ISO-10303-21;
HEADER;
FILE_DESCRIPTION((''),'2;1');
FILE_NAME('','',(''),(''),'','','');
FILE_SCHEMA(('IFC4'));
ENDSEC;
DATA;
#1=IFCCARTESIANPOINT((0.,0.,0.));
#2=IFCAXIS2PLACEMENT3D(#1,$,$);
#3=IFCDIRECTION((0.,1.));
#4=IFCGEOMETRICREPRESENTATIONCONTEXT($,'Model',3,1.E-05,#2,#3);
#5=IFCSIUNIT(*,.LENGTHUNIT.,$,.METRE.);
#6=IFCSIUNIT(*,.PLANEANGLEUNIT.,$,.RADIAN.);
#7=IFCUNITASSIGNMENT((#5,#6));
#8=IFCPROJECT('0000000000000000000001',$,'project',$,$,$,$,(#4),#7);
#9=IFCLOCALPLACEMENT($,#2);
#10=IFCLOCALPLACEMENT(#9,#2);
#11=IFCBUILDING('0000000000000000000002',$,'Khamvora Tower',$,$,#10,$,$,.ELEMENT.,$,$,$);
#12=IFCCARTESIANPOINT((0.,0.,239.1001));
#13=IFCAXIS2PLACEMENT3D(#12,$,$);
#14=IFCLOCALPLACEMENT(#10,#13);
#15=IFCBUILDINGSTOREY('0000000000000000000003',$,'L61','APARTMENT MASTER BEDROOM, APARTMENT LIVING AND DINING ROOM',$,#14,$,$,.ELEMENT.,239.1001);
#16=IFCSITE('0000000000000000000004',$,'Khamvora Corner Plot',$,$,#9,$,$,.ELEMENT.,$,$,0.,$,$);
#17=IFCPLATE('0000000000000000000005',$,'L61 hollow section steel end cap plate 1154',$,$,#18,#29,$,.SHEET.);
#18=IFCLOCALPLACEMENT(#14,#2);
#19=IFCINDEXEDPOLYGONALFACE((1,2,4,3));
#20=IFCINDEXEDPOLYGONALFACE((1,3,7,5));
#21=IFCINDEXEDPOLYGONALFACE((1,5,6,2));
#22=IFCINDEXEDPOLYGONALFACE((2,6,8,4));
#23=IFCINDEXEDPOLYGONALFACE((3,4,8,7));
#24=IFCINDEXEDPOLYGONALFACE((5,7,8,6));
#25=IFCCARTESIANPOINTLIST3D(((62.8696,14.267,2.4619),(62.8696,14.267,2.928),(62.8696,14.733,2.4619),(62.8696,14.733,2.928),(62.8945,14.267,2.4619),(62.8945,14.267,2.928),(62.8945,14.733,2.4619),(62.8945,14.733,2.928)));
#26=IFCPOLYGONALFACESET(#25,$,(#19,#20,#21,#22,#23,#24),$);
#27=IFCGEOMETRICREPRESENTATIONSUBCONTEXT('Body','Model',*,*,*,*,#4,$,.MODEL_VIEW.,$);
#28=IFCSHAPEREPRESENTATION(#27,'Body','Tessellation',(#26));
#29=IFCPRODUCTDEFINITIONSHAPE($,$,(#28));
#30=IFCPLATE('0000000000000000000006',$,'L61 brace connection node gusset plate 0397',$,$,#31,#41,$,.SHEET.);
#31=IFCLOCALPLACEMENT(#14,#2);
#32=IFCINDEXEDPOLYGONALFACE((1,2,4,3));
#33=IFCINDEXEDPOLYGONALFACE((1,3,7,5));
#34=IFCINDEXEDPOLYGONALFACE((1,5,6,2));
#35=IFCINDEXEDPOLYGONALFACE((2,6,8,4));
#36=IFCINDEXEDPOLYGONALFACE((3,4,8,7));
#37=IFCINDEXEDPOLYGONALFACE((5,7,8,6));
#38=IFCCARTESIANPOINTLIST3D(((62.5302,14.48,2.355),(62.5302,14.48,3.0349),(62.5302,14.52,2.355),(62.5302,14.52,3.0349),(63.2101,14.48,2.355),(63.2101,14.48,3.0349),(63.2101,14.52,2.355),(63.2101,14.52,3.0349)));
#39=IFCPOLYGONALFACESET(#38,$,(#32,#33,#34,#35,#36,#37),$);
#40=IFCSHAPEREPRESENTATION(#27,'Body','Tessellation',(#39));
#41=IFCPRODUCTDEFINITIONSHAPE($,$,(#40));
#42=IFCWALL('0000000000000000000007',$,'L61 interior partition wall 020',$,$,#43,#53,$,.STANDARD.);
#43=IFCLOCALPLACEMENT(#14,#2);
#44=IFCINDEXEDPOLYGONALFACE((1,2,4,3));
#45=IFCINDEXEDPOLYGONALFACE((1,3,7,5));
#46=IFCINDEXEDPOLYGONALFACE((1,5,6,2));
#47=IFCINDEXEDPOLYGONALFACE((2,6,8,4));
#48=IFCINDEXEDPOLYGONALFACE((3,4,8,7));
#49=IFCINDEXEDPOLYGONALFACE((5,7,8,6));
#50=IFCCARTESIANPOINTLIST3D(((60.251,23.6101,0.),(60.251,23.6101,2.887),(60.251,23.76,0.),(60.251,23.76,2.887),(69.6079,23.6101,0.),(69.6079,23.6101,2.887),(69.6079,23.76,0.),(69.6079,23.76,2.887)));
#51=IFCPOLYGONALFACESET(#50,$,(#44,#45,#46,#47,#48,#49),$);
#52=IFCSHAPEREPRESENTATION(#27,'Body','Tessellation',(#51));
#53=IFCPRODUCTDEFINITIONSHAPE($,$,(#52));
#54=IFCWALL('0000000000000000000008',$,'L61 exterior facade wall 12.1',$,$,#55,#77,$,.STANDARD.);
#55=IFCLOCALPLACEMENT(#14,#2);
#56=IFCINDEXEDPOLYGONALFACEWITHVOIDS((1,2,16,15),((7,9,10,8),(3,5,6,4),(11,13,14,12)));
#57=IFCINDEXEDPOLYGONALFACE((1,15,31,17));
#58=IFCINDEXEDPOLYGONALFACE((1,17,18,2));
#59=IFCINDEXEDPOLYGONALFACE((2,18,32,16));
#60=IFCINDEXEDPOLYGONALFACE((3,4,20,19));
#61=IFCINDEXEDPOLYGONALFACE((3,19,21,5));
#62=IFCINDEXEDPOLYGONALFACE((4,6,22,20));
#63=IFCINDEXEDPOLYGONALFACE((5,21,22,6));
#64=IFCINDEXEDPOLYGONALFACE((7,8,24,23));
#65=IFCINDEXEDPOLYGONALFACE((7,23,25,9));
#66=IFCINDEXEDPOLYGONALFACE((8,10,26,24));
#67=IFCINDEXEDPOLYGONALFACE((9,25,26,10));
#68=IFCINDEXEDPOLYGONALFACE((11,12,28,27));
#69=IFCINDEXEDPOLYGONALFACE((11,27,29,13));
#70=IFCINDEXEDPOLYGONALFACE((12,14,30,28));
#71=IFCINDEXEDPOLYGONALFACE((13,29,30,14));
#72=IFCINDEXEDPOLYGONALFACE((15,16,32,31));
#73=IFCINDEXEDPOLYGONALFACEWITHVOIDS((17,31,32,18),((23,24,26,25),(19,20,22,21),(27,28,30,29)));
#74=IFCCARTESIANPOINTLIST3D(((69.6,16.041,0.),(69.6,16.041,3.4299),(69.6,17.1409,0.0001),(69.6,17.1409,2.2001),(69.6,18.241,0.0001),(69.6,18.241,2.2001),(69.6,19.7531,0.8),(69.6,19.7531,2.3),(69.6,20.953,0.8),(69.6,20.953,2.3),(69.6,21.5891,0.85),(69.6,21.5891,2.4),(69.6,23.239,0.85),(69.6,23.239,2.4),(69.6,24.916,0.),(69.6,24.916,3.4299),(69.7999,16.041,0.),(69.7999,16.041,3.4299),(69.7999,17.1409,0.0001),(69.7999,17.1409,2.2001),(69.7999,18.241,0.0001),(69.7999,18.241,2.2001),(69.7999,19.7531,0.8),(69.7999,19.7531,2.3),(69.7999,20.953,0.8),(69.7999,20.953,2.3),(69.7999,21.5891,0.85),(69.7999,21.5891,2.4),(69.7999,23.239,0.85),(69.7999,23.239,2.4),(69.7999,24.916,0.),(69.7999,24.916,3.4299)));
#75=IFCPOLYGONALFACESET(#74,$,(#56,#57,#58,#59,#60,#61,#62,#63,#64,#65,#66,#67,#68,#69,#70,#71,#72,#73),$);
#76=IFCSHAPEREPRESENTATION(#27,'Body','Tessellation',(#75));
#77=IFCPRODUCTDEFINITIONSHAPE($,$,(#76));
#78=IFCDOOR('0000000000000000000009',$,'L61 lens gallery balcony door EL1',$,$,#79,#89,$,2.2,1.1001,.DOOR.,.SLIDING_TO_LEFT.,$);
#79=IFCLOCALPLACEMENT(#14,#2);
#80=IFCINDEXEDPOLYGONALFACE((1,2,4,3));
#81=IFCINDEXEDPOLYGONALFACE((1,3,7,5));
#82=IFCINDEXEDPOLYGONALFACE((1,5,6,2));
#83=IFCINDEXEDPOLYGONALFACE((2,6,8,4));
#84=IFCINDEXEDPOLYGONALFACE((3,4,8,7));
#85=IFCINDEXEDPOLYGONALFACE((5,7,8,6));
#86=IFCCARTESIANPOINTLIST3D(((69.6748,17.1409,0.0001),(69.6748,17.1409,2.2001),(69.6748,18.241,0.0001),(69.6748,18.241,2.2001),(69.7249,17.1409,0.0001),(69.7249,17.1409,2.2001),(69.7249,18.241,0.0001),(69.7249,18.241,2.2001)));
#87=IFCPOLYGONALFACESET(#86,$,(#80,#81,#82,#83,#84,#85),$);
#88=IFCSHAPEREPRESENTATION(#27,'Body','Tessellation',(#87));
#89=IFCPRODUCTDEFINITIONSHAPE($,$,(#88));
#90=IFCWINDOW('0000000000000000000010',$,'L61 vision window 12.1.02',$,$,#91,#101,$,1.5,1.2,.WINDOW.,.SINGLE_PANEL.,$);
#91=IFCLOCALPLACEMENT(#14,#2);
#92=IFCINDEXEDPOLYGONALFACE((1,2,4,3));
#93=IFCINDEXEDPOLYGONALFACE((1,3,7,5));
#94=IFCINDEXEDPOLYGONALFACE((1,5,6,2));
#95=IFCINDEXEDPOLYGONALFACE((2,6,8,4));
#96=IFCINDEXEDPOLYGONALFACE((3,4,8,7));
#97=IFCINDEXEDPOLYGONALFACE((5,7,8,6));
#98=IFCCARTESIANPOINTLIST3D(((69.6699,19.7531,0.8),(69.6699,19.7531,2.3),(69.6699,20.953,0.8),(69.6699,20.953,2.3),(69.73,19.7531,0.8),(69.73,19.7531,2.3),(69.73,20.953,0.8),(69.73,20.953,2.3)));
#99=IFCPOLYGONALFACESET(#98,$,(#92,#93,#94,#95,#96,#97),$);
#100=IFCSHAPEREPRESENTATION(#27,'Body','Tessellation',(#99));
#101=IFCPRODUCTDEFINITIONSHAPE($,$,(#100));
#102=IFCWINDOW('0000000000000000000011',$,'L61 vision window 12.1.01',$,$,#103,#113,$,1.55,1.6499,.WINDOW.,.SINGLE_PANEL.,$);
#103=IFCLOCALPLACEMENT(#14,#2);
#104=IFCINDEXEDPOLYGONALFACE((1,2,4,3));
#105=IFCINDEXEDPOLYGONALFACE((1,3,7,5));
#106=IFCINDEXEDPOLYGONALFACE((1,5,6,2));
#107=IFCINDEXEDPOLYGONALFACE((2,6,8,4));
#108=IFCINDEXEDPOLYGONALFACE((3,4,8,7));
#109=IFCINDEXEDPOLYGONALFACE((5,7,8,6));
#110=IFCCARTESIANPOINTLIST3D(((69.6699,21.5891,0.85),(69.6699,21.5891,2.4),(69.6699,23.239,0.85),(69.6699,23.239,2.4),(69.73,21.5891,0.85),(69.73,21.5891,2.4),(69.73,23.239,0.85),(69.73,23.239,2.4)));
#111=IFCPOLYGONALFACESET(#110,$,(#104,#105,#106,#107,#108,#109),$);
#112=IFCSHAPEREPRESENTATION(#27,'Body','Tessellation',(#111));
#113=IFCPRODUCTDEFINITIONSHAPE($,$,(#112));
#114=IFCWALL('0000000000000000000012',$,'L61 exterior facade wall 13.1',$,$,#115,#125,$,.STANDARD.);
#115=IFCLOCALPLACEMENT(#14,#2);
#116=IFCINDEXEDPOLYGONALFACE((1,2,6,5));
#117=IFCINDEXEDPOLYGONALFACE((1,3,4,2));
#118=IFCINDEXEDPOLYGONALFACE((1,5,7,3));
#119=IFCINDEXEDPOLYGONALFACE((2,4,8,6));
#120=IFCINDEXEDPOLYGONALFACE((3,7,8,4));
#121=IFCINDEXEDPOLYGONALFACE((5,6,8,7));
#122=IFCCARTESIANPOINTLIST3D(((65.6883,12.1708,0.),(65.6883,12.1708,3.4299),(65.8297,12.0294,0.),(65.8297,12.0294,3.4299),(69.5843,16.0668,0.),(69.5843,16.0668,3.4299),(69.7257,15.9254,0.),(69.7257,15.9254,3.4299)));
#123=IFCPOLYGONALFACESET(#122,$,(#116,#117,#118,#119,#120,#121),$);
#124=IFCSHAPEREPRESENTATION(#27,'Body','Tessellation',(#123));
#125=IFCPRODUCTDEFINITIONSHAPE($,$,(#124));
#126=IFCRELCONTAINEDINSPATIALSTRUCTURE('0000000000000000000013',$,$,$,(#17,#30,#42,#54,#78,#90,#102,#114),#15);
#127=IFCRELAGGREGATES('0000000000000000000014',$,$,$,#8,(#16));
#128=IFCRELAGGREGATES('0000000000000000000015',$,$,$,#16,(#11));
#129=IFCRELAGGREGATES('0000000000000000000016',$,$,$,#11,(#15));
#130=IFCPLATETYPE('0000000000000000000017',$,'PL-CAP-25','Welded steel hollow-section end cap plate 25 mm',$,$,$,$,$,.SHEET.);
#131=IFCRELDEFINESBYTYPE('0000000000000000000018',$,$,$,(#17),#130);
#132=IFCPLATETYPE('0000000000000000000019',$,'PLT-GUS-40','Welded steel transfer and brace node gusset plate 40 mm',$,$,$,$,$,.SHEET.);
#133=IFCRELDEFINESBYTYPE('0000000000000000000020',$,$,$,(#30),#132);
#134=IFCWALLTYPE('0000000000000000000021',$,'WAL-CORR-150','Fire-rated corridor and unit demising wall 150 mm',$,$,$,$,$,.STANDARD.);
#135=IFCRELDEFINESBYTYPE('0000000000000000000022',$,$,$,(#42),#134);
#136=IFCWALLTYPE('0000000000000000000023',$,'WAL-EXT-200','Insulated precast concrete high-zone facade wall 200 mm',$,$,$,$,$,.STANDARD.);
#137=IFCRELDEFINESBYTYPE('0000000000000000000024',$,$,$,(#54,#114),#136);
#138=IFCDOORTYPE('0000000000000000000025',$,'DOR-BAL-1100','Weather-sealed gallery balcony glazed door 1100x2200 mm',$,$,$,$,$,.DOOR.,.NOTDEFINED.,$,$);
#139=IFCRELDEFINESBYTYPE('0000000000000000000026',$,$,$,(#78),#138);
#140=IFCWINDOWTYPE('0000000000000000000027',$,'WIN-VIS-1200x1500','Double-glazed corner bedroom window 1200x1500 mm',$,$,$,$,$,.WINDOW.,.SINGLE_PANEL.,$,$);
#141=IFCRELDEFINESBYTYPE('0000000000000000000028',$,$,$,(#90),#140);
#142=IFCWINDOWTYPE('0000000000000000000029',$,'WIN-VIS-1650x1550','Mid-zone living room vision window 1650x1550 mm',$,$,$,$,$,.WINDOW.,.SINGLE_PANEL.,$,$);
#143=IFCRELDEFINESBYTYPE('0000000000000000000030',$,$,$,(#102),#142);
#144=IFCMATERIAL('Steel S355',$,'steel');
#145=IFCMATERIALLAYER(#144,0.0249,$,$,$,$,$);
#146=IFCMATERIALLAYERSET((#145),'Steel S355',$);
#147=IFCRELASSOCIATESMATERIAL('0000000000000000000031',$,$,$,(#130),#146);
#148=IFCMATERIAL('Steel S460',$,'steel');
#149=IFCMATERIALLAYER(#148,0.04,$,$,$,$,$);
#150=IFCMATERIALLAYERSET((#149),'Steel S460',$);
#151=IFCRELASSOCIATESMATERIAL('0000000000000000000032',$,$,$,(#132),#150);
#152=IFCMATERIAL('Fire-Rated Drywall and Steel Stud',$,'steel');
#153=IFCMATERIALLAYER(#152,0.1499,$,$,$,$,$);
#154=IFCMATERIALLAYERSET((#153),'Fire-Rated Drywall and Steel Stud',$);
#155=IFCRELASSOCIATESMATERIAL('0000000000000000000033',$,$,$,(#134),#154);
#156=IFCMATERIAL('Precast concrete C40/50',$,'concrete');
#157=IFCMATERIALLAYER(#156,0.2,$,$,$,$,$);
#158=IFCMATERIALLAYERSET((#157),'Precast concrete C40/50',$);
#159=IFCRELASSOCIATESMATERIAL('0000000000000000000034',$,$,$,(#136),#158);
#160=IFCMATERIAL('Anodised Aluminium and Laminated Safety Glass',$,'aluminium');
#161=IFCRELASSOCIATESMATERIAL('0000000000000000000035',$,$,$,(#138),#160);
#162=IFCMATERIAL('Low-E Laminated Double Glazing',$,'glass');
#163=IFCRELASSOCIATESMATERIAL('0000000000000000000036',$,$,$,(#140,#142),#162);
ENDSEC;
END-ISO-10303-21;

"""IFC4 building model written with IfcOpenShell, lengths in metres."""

from ifc_helpers import new_model, si_unit, direction, frame, frame_2d, origin, origin_2d, place, context, subcontext, project, spatial, rectangle, extrude, material, layer, layer_set, type_object, element, fill, save


model = new_model("IFC4")

# Units and contexts
model_context = context("Model", 3, precision=1e-05, world=origin(), true_north=direction((0.0, 1.0)))
body_context = subcontext(model_context, "Body", "Model", "MODEL_VIEW")
ifc_project = project(units=[si_unit("LENGTHUNIT", "METRE"), si_unit("PLANEANGLEUNIT", "RADIAN")], contexts=[model_context])

# Site, building, storey
site_placement = place(None, origin())
site = spatial("IfcSite", under=ifc_project, at=site_placement, Name="Khamvora Corner Plot", CompositionType="ELEMENT", RefElevation=0.0)
building_placement = place(site_placement, origin())
building = spatial("IfcBuilding", under=site, at=building_placement, Name="Khamvora Tower", CompositionType="ELEMENT")
storey_placement = place(building_placement, frame((0.0, 0.0, 239.1001)))
storey = spatial("IfcBuildingStorey", under=building, at=storey_placement, Name="L61", Description="APARTMENT MASTER BEDROOM, APARTMENT LIVING AND DINING ROOM", CompositionType="ELEMENT", Elevation=239.1001)

# Shared definitions
ifc_material_1 = material(Name="Steel S355", Category="steel")

# Plates
ifc_layer_1 = layer(ifc_material_1, 0.0249)
ifc_layer_set_1 = layer_set([ifc_layer_1], Name="Steel S355")
plate_type_1 = type_object("IfcPlateType", Name="PL-CAP-25", Description="Welded steel hollow-section end cap plate 25 mm", PredefinedType="SHEET", material=ifc_layer_set_1)
plate_1_placement = place(storey_placement, frame((62.8821, 14.5, 2.4619), z_axis=(0.0, 0.0, 1.0), x_axis=(-1.0, 0.0, 0.0)))
element("IfcPlate", 1, at=plate_1_placement, inside=storey, type_object=plate_type_1, Name="L61 hollow section steel end cap plate 1154", PredefinedType="SHEET", context=body_context, shape_type="SweptSolid", body=[
    extrude(rectangle(XDim=0.0249, YDim=0.4661, at=origin_2d()), origin(), (0.0, 0.0, 1.0), 0.4661),
])
ifc_material_2 = material(Name="Steel S460", Category="steel")
ifc_layer_2 = layer(ifc_material_2, 0.04)
ifc_layer_set_2 = layer_set([ifc_layer_2], Name="Steel S460")
plate_type_2 = type_object("IfcPlateType", Name="PLT-GUS-40", Description="Welded steel transfer and brace node gusset plate 40 mm", PredefinedType="SHEET", material=ifc_layer_set_2)
plate_2_placement = place(storey_placement, frame((62.8701, 14.5, 2.355), z_axis=(0.0, 0.0, 1.0), x_axis=(1.0, 0.0, 0.0)))
element("IfcPlate", 2, at=plate_2_placement, inside=storey, type_object=plate_type_2, Name="L61 brace connection node gusset plate 0397", PredefinedType="SHEET", context=body_context, shape_type="SweptSolid", body=[
    extrude(rectangle(XDim=0.6799, YDim=0.04, at=origin_2d()), origin(), (0.0, 0.0, 1.0), 0.6799),
])

# Wall
ifc_material_3 = material(Name="Fire-Rated Drywall and Steel Stud", Category="steel")
ifc_layer_3 = layer(ifc_material_3, 0.1499)
ifc_layer_set_3 = layer_set([ifc_layer_3], Name="Fire-Rated Drywall and Steel Stud")
wall_type_1 = type_object("IfcWallType", Name="WAL-CORR-150", Description="Fire-rated corridor and unit demising wall 150 mm", PredefinedType="STANDARD", material=ifc_layer_set_3)
wall_1_placement = place(storey_placement, frame((69.6079, 23.6851, 0.0), z_axis=(0.0, 0.0, 1.0), x_axis=(-1.0, 0.0, 0.0)))
element("IfcWall", 3, at=wall_1_placement, inside=storey, type_object=wall_type_1, Name="L61 interior partition wall 020", PredefinedType="STANDARD", context=body_context, shape_type="SweptSolid", body=[
    extrude(rectangle(XDim=9.3569, YDim=0.1499, at=frame_2d((4.6785, 0.0))), origin(), (0.0, 0.0, 1.0), 2.887),
])

# Wall, openings, door, windows
ifc_material_4 = material(Name="Precast concrete C40/50", Category="concrete")
ifc_layer_4 = layer(ifc_material_4, 0.2)
ifc_layer_set_4 = layer_set([ifc_layer_4], Name="Precast concrete C40/50")
wall_type_2 = type_object("IfcWallType", Name="WAL-EXT-200", Description="Insulated precast concrete high-zone facade wall 200 mm", PredefinedType="STANDARD", material=ifc_layer_set_4)
wall_2_placement = place(storey_placement, frame((69.7, 24.916, 0.0), z_axis=(0.0, 0.0, 1.0), x_axis=(0.0, -1.0, 0.0)))
wall_2 = element("IfcWall", 4, at=wall_2_placement, inside=storey, type_object=wall_type_2, Name="L61 exterior facade wall 12.1", PredefinedType="STANDARD", context=body_context, shape_type="SweptSolid", body=[
    extrude(rectangle(XDim=8.875, YDim=0.2, at=frame_2d((4.4375, 0.0))), origin(), (0.0, 0.0, 1.0), 3.4299),
])
opening_1_placement = place(wall_2_placement, frame((6.675, 0.0, 0.0)))
opening_1 = element("IfcOpeningElement", 5, at=opening_1_placement, cuts=wall_2, PredefinedType="OPENING", context=body_context, shape_type="SweptSolid", body=[
    extrude(rectangle(XDim=1.1001, YDim=2.2, at=frame_2d((0.55, 1.1001))), frame((0.0, 0.1099, 0.0), z_axis=(0.0, -1.0, 0.0), x_axis=(1.0, 0.0, 0.0)), (0.0, 0.0, 1.0), 0.22),
])
opening_2_placement = place(wall_2_placement, frame((1.677, 0.0, 0.8501)))
opening_2 = element("IfcOpeningElement", 6, at=opening_2_placement, cuts=wall_2, PredefinedType="OPENING", context=body_context, shape_type="SweptSolid", body=[
    extrude(rectangle(XDim=1.6499, YDim=1.55, at=frame_2d((0.825, 0.7749))), frame((0.0, 0.1099, 0.0), z_axis=(0.0, -1.0, 0.0), x_axis=(1.0, 0.0, 0.0)), (0.0, 0.0, 1.0), 0.22),
])
opening_3_placement = place(wall_2_placement, frame((3.9629, 0.0, 0.8)))
opening_3 = element("IfcOpeningElement", 7, at=opening_3_placement, cuts=wall_2, PredefinedType="OPENING", context=body_context, shape_type="SweptSolid", body=[
    extrude(rectangle(XDim=1.2, YDim=1.5, at=frame_2d((0.6001, 0.75))), frame((0.0, 0.1099, 0.0), z_axis=(0.0, -1.0, 0.0), x_axis=(1.0, 0.0, 0.0)), (0.0, 0.0, 1.0), 0.22),
])
ifc_material_5 = material(Name="Anodised Aluminium and Laminated Safety Glass", Category="aluminium")
door_type_1 = type_object("IfcDoorType", Name="DOR-BAL-1100", Description="Weather-sealed gallery balcony glazed door 1100x2200 mm", OperationType="NOTDEFINED", PredefinedType="DOOR", material=ifc_material_5)
door_1_placement = place(opening_1_placement, origin())
door_1 = element("IfcDoor", 8, at=door_1_placement, inside=storey, type_object=door_type_1, Name="L61 lens gallery balcony door EL1", OperationType="SLIDING_TO_LEFT", OverallHeight=2.2, OverallWidth=1.1001, PredefinedType="DOOR", context=body_context, shape_type="SweptSolid", body=[
    extrude(rectangle(XDim=1.1001, YDim=2.2, at=frame_2d((0.55, 1.1001))), frame((0.0, 0.0249, 0.0), z_axis=(0.0, -1.0, 0.0), x_axis=(1.0, 0.0, 0.0)), (0.0, 0.0, 1.0), 0.05),
])
fill(opening_1, door_1)
ifc_material_6 = material(Name="Low-E Laminated Double Glazing", Category="glass")
window_type_1 = type_object("IfcWindowType", Name="WIN-VIS-1200x1500", Description="Double-glazed corner bedroom window 1200x1500 mm", PartitioningType="SINGLE_PANEL", PredefinedType="WINDOW", material=ifc_material_6)
window_1_placement = place(opening_3_placement, origin())
window_1 = element("IfcWindow", 9, at=window_1_placement, inside=storey, type_object=window_type_1, Name="L61 vision window 12.1.02", OverallHeight=1.5, OverallWidth=1.2, PartitioningType="SINGLE_PANEL", PredefinedType="WINDOW", context=body_context, shape_type="SweptSolid", body=[
    extrude(rectangle(XDim=1.2, YDim=1.5, at=frame_2d((0.6001, 0.75))), frame((0.0, 0.03, 0.0), z_axis=(0.0, -1.0, 0.0), x_axis=(1.0, 0.0, 0.0)), (0.0, 0.0, 1.0), 0.0601),
])
fill(opening_3, window_1)
window_type_2 = type_object("IfcWindowType", Name="WIN-VIS-1650x1550", Description="Mid-zone living room vision window 1650x1550 mm", PartitioningType="SINGLE_PANEL", PredefinedType="WINDOW", material=ifc_material_6)
window_2_placement = place(opening_2_placement, origin())
window_2 = element("IfcWindow", 10, at=window_2_placement, inside=storey, type_object=window_type_2, Name="L61 vision window 12.1.01", OverallHeight=1.55, OverallWidth=1.6499, PartitioningType="SINGLE_PANEL", PredefinedType="WINDOW", context=body_context, shape_type="SweptSolid", body=[
    extrude(rectangle(XDim=1.6499, YDim=1.55, at=frame_2d((0.825, 0.7749))), frame((0.0, 0.03, 0.0), z_axis=(0.0, -1.0, 0.0), x_axis=(1.0, 0.0, 0.0)), (0.0, 0.0, 1.0), 0.0601),
])
fill(opening_2, window_2)

# Wall
wall_3_placement = place(storey_placement, frame((69.655, 15.9961, 0.0), z_axis=(0.0, 0.0, 1.0), x_axis=(-0.707107, -0.707107, 0.0)))
element("IfcWall", 11, at=wall_3_placement, inside=storey, type_object=wall_type_2, Name="L61 exterior facade wall 13.1", PredefinedType="STANDARD", context=body_context, shape_type="SweptSolid", body=[
    extrude(rectangle(XDim=5.5098, YDim=0.2, at=frame_2d((2.7549, 0.0))), origin(), (0.0, 0.0, 1.0), 3.4299),
])

save(model, "model.ifc")
